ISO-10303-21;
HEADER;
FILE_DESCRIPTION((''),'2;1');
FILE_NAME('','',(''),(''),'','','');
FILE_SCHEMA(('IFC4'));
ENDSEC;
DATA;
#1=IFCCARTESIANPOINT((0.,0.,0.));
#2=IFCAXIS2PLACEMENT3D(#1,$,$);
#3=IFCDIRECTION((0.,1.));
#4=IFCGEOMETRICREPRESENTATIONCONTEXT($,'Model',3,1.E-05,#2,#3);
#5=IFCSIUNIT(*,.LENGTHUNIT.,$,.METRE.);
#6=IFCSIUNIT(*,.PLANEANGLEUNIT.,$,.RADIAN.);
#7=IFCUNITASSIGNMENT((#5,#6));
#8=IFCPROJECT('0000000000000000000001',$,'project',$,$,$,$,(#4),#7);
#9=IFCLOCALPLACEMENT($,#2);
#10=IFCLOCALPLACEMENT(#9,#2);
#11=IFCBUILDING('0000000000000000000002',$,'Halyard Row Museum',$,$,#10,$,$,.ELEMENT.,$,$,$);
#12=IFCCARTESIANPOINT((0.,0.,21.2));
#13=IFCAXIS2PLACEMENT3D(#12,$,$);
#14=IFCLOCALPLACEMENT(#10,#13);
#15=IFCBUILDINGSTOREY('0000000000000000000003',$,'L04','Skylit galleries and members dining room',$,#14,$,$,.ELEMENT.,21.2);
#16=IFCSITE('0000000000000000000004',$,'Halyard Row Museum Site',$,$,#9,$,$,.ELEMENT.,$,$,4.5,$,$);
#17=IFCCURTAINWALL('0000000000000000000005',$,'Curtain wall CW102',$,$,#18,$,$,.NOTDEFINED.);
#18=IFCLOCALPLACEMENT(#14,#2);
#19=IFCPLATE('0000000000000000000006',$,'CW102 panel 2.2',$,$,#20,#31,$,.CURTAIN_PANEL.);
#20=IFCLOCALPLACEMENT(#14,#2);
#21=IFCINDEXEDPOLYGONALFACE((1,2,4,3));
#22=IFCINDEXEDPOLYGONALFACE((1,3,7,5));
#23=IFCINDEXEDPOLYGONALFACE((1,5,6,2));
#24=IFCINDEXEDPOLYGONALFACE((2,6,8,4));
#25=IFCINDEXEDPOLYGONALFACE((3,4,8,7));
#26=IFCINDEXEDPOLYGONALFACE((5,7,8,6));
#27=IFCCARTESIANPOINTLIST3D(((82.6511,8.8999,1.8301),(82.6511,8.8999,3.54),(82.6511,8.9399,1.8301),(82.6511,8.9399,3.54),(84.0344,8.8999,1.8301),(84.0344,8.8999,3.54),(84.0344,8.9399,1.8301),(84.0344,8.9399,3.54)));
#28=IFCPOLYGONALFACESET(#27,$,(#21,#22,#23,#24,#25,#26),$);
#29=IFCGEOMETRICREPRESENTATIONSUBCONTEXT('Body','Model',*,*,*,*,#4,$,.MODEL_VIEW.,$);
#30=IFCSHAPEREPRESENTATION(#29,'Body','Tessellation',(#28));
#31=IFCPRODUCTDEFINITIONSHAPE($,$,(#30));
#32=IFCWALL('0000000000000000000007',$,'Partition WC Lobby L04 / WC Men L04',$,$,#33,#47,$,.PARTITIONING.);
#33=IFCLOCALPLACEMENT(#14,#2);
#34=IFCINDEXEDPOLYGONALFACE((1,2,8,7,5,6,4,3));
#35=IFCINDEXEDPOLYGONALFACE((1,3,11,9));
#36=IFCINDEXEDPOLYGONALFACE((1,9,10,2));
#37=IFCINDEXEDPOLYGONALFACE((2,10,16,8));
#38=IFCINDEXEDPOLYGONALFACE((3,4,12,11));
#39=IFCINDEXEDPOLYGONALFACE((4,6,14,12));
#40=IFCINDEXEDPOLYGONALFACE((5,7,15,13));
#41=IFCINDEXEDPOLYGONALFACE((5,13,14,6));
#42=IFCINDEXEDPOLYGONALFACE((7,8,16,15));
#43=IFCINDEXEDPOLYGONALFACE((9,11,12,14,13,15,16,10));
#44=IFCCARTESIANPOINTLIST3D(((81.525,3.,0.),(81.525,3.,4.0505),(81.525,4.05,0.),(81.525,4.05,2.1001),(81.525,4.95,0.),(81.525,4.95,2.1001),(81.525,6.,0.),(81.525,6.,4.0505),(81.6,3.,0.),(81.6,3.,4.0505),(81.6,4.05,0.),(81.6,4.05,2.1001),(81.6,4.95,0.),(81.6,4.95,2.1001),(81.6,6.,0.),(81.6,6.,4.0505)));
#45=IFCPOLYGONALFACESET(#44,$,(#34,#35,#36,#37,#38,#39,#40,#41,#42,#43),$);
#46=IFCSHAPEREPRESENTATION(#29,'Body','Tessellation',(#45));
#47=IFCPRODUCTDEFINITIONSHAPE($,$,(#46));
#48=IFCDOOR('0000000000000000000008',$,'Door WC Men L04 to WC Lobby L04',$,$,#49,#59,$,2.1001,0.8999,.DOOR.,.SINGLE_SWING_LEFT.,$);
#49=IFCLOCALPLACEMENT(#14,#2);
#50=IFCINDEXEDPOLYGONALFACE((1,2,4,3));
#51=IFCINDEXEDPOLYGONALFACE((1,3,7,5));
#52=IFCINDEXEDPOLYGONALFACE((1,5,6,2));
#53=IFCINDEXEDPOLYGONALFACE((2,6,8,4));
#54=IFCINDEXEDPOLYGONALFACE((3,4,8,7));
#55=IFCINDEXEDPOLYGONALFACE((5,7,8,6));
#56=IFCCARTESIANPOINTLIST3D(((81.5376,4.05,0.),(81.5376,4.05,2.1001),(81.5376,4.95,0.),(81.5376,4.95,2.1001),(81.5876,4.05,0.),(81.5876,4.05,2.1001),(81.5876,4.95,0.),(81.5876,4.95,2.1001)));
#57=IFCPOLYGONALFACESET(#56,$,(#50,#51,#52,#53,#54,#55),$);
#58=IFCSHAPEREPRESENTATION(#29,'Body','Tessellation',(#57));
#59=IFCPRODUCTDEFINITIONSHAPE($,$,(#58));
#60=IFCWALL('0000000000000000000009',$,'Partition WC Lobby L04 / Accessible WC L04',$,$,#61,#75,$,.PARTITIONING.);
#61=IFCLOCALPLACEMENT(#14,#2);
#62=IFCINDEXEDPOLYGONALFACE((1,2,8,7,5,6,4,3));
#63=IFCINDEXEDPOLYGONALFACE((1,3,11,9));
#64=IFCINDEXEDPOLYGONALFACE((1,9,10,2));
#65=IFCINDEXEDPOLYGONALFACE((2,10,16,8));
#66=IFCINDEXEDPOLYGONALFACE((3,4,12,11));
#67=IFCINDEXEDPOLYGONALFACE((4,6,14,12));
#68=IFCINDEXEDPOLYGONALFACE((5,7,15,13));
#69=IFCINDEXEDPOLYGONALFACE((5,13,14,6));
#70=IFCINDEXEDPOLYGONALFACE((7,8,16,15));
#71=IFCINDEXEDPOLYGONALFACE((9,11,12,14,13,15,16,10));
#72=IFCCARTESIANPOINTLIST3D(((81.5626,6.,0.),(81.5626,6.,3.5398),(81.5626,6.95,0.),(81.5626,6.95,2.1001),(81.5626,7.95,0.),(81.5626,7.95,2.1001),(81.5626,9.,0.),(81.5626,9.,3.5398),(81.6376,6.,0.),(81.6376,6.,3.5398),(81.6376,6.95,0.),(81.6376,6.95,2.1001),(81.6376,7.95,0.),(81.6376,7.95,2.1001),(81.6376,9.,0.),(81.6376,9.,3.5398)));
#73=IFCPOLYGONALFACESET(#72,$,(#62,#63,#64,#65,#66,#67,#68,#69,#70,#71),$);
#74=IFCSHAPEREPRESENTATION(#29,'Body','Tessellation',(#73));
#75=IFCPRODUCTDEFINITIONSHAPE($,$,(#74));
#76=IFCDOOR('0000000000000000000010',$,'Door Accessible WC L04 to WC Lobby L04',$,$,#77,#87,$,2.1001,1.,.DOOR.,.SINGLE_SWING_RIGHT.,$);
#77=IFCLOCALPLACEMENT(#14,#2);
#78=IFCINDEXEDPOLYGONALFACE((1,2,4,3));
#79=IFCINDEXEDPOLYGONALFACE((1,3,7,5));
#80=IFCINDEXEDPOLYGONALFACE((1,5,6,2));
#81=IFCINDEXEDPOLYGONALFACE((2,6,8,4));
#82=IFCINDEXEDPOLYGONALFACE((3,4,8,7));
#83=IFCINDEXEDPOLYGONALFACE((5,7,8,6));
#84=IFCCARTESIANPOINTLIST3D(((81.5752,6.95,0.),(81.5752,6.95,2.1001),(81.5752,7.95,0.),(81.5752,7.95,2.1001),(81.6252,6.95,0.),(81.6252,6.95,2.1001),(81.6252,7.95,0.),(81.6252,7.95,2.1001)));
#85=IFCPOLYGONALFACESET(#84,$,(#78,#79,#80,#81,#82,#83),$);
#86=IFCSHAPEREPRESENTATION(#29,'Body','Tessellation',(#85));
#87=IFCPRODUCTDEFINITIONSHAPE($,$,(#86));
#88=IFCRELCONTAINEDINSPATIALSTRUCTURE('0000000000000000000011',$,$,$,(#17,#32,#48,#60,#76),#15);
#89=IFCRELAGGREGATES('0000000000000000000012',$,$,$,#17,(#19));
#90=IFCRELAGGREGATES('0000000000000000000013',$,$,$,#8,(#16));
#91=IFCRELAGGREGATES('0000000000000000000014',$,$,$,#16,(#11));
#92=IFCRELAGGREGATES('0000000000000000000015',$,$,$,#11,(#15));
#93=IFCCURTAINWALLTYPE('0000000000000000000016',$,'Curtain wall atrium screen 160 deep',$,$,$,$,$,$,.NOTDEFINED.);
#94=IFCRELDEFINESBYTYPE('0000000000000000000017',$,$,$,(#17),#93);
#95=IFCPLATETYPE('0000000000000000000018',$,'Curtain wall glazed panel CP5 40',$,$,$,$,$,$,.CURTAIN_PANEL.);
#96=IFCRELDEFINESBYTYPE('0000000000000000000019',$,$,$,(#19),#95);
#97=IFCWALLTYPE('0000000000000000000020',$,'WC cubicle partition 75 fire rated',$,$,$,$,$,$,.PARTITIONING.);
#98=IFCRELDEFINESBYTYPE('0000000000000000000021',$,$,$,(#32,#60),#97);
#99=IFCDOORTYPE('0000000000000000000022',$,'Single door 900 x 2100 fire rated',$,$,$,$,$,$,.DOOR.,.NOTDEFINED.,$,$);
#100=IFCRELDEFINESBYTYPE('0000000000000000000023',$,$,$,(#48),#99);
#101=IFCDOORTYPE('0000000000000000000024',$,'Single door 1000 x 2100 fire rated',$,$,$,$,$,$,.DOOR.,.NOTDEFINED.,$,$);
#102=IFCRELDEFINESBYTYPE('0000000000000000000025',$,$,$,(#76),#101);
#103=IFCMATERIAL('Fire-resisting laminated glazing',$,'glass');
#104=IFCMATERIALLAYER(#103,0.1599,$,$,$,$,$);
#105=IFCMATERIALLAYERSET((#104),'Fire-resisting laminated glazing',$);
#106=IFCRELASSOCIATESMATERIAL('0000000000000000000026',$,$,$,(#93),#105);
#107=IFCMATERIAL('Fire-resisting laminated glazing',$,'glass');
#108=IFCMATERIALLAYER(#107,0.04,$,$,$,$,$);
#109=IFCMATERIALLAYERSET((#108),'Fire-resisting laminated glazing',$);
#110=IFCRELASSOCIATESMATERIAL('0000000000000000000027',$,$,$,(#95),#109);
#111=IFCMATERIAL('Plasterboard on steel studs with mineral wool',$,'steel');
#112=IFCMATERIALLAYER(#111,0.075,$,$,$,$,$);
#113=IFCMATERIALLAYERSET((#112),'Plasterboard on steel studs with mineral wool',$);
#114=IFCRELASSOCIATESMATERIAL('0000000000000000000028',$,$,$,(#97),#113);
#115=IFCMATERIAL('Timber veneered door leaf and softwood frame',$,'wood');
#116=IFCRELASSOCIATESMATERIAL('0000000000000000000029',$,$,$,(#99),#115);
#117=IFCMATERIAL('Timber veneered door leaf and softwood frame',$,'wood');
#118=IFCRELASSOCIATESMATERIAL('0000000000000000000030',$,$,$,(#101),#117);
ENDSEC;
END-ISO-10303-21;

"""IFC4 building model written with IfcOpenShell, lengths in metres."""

from ifc_helpers import new_model, si_unit, direction, frame, frame_2d, origin, origin_2d, place, context, subcontext, project, spatial, rectangle, extrude, material, layer, layer_set, type_object, element, fill, aggregate, save


model = new_model("IFC4")

# Units and contexts
model_context = context("Model", 3, precision=1e-05, world=origin(), true_north=direction((0.0, 1.0)))
body_context = subcontext(model_context, "Body", "Model", "MODEL_VIEW")
ifc_project = project(units=[si_unit("LENGTHUNIT", "METRE"), si_unit("PLANEANGLEUNIT", "RADIAN")], contexts=[model_context])

# Site, building, storey
site_placement = place(None, origin())
site = spatial("IfcSite", under=ifc_project, at=site_placement, Name="Halyard Row Museum Site", CompositionType="ELEMENT", RefElevation=4.5)
building_placement = place(site_placement, origin())
building = spatial("IfcBuilding", under=site, at=building_placement, Name="Halyard Row Museum", CompositionType="ELEMENT")
storey_placement = place(building_placement, frame((0.0, 0.0, 21.2)))
storey = spatial("IfcBuildingStorey", under=building, at=storey_placement, Name="L04", Description="Skylit galleries and members dining room", CompositionType="ELEMENT", Elevation=21.2)

# Curtain wall, plate
ifc_material_1 = material(Name="Fire-resisting laminated glazing", Category="glass")
ifc_layer_1 = layer(ifc_material_1, 0.1599)
ifc_layer_set_1 = layer_set([ifc_layer_1], Name="Fire-resisting laminated glazing")
curtain_wall_type = type_object("IfcCurtainWallType", Name="Curtain wall atrium screen 160 deep", PredefinedType="NOTDEFINED", material=ifc_layer_set_1)
curtain_wall_placement = place(storey_placement, origin())
curtain_wall = element("IfcCurtainWall", 1, at=curtain_wall_placement, inside=storey, type_object=curtain_wall_type, Name="Curtain wall CW102", PredefinedType="NOTDEFINED")
ifc_material_2 = material(Name="Fire-resisting laminated glazing", Category="glass")
ifc_layer_2 = layer(ifc_material_2, 0.04)
ifc_layer_set_2 = layer_set([ifc_layer_2], Name="Fire-resisting laminated glazing")
plate_type = type_object("IfcPlateType", Name="Curtain wall glazed panel CP5 40", PredefinedType="CURTAIN_PANEL", material=ifc_layer_set_2)
plate_1_placement = place(storey_placement, frame((83.3428, 8.9199, 1.8301), z_axis=(0.0, 0.0, 1.0), x_axis=(1.0, 0.0, 0.0)))
plate_1 = element("IfcPlate", 2, at=plate_1_placement, type_object=plate_type, Name="CW102 panel 2.2", PredefinedType="CURTAIN_PANEL", context=body_context, shape_type="SweptSolid", body=[
    extrude(rectangle(XDim=1.3833, YDim=0.04, at=origin_2d()), origin(), (0.0, 0.0, 1.0), 1.71),
])
aggregate(curtain_wall, [plate_1])

# Walls, openings, doors
ifc_material_3 = material(Name="Plasterboard on steel studs with mineral wool", Category="steel")
ifc_layer_3 = layer(ifc_material_3, 0.075)
ifc_layer_set_3 = layer_set([ifc_layer_3], Name="Plasterboard on steel studs with mineral wool")
wall_type = type_object("IfcWallType", Name="WC cubicle partition 75 fire rated", PredefinedType="PARTITIONING", material=ifc_layer_set_3)
wall_1_placement = place(storey_placement, frame((81.5625, 3.0, 0.0), z_axis=(0.0, 0.0, 1.0), x_axis=(0.0, 1.0, 0.0)))
wall_1 = element("IfcWall", 3, at=wall_1_placement, inside=storey, type_object=wall_type, Name="Partition WC Lobby L04 / WC Men L04", PredefinedType="PARTITIONING", context=body_context, shape_type="SweptSolid", body=[
    extrude(rectangle(XDim=3.0, YDim=0.075, at=frame_2d((1.5, 0.0))), origin(), (0.0, 0.0, 1.0), 4.0505),
])
opening_1_placement = place(wall_1_placement, frame((1.05, 0.0, 0.0)))
opening_1 = element("IfcOpeningElement", 4, at=opening_1_placement, cuts=wall_1, PredefinedType="OPENING", context=body_context, shape_type="SweptSolid", body=[
    extrude(rectangle(XDim=0.8999, YDim=2.1001, at=frame_2d((0.45, 1.05))), frame((0.0, 0.0474, 0.0), z_axis=(0.0, -1.0, 0.0), x_axis=(1.0, 0.0, 0.0)), (0.0, 0.0, 1.0), 0.095),
])
ifc_material_4 = material(Name="Timber veneered door leaf and softwood frame", Category="wood")
door_type_1 = type_object("IfcDoorType", Name="Single door 900 x 2100 fire rated", OperationType="NOTDEFINED", PredefinedType="DOOR", material=ifc_material_4)
door_1_placement = place(opening_1_placement, origin())
door_1 = element("IfcDoor", 5, at=door_1_placement, inside=storey, type_object=door_type_1, Name="Door WC Men L04 to WC Lobby L04", OperationType="SINGLE_SWING_LEFT", OverallHeight=2.1001, OverallWidth=0.8999, PredefinedType="DOOR", context=body_context, shape_type="SweptSolid", body=[
    extrude(rectangle(XDim=0.8999, YDim=2.1001, at=frame_2d((0.45, 1.05))), frame((0.0, 0.0249, 0.0), z_axis=(0.0, -1.0, 0.0), x_axis=(1.0, 0.0, 0.0)), (0.0, 0.0, 1.0), 0.05),
])
fill(opening_1, door_1)
wall_2_placement = place(storey_placement, frame((81.6001, 6.0, 0.0), z_axis=(0.0, 0.0, 1.0), x_axis=(0.0, 1.0, 0.0)))
wall_2 = element("IfcWall", 6, at=wall_2_placement, inside=storey, type_object=wall_type, Name="Partition WC Lobby L04 / Accessible WC L04", PredefinedType="PARTITIONING", context=body_context, shape_type="SweptSolid", body=[
    extrude(rectangle(XDim=3.0, YDim=0.075, at=frame_2d((1.5, 0.0))), origin(), (0.0, 0.0, 1.0), 3.5398),
])
opening_2_placement = place(wall_2_placement, frame((0.95, 0.0, 0.0)))
opening_2 = element("IfcOpeningElement", 7, at=opening_2_placement, cuts=wall_2, PredefinedType="OPENING", context=body_context, shape_type="SweptSolid", body=[
    extrude(rectangle(XDim=1.0, YDim=2.1001, at=frame_2d((0.5, 1.05))), frame((0.0, 0.0474, 0.0), z_axis=(0.0, -1.0, 0.0), x_axis=(1.0, 0.0, 0.0)), (0.0, 0.0, 1.0), 0.095),
])
ifc_material_5 = material(Name="Timber veneered door leaf and softwood frame", Category="wood")
door_type_2 = type_object("IfcDoorType", Name="Single door 1000 x 2100 fire rated", OperationType="NOTDEFINED", PredefinedType="DOOR", material=ifc_material_5)
door_2_placement = place(opening_2_placement, origin())
door_2 = element("IfcDoor", 8, at=door_2_placement, inside=storey, type_object=door_type_2, Name="Door Accessible WC L04 to WC Lobby L04", OperationType="SINGLE_SWING_RIGHT", OverallHeight=2.1001, OverallWidth=1.0, PredefinedType="DOOR", context=body_context, shape_type="SweptSolid", body=[
    extrude(rectangle(XDim=1.0, YDim=2.1001, at=frame_2d((0.5, 1.05))), frame((0.0, 0.0249, 0.0), z_axis=(0.0, -1.0, 0.0), x_axis=(1.0, 0.0, 0.0)), (0.0, 0.0, 1.0), 0.05),
])
fill(opening_2, door_2)

save(model, "model.ifc")
